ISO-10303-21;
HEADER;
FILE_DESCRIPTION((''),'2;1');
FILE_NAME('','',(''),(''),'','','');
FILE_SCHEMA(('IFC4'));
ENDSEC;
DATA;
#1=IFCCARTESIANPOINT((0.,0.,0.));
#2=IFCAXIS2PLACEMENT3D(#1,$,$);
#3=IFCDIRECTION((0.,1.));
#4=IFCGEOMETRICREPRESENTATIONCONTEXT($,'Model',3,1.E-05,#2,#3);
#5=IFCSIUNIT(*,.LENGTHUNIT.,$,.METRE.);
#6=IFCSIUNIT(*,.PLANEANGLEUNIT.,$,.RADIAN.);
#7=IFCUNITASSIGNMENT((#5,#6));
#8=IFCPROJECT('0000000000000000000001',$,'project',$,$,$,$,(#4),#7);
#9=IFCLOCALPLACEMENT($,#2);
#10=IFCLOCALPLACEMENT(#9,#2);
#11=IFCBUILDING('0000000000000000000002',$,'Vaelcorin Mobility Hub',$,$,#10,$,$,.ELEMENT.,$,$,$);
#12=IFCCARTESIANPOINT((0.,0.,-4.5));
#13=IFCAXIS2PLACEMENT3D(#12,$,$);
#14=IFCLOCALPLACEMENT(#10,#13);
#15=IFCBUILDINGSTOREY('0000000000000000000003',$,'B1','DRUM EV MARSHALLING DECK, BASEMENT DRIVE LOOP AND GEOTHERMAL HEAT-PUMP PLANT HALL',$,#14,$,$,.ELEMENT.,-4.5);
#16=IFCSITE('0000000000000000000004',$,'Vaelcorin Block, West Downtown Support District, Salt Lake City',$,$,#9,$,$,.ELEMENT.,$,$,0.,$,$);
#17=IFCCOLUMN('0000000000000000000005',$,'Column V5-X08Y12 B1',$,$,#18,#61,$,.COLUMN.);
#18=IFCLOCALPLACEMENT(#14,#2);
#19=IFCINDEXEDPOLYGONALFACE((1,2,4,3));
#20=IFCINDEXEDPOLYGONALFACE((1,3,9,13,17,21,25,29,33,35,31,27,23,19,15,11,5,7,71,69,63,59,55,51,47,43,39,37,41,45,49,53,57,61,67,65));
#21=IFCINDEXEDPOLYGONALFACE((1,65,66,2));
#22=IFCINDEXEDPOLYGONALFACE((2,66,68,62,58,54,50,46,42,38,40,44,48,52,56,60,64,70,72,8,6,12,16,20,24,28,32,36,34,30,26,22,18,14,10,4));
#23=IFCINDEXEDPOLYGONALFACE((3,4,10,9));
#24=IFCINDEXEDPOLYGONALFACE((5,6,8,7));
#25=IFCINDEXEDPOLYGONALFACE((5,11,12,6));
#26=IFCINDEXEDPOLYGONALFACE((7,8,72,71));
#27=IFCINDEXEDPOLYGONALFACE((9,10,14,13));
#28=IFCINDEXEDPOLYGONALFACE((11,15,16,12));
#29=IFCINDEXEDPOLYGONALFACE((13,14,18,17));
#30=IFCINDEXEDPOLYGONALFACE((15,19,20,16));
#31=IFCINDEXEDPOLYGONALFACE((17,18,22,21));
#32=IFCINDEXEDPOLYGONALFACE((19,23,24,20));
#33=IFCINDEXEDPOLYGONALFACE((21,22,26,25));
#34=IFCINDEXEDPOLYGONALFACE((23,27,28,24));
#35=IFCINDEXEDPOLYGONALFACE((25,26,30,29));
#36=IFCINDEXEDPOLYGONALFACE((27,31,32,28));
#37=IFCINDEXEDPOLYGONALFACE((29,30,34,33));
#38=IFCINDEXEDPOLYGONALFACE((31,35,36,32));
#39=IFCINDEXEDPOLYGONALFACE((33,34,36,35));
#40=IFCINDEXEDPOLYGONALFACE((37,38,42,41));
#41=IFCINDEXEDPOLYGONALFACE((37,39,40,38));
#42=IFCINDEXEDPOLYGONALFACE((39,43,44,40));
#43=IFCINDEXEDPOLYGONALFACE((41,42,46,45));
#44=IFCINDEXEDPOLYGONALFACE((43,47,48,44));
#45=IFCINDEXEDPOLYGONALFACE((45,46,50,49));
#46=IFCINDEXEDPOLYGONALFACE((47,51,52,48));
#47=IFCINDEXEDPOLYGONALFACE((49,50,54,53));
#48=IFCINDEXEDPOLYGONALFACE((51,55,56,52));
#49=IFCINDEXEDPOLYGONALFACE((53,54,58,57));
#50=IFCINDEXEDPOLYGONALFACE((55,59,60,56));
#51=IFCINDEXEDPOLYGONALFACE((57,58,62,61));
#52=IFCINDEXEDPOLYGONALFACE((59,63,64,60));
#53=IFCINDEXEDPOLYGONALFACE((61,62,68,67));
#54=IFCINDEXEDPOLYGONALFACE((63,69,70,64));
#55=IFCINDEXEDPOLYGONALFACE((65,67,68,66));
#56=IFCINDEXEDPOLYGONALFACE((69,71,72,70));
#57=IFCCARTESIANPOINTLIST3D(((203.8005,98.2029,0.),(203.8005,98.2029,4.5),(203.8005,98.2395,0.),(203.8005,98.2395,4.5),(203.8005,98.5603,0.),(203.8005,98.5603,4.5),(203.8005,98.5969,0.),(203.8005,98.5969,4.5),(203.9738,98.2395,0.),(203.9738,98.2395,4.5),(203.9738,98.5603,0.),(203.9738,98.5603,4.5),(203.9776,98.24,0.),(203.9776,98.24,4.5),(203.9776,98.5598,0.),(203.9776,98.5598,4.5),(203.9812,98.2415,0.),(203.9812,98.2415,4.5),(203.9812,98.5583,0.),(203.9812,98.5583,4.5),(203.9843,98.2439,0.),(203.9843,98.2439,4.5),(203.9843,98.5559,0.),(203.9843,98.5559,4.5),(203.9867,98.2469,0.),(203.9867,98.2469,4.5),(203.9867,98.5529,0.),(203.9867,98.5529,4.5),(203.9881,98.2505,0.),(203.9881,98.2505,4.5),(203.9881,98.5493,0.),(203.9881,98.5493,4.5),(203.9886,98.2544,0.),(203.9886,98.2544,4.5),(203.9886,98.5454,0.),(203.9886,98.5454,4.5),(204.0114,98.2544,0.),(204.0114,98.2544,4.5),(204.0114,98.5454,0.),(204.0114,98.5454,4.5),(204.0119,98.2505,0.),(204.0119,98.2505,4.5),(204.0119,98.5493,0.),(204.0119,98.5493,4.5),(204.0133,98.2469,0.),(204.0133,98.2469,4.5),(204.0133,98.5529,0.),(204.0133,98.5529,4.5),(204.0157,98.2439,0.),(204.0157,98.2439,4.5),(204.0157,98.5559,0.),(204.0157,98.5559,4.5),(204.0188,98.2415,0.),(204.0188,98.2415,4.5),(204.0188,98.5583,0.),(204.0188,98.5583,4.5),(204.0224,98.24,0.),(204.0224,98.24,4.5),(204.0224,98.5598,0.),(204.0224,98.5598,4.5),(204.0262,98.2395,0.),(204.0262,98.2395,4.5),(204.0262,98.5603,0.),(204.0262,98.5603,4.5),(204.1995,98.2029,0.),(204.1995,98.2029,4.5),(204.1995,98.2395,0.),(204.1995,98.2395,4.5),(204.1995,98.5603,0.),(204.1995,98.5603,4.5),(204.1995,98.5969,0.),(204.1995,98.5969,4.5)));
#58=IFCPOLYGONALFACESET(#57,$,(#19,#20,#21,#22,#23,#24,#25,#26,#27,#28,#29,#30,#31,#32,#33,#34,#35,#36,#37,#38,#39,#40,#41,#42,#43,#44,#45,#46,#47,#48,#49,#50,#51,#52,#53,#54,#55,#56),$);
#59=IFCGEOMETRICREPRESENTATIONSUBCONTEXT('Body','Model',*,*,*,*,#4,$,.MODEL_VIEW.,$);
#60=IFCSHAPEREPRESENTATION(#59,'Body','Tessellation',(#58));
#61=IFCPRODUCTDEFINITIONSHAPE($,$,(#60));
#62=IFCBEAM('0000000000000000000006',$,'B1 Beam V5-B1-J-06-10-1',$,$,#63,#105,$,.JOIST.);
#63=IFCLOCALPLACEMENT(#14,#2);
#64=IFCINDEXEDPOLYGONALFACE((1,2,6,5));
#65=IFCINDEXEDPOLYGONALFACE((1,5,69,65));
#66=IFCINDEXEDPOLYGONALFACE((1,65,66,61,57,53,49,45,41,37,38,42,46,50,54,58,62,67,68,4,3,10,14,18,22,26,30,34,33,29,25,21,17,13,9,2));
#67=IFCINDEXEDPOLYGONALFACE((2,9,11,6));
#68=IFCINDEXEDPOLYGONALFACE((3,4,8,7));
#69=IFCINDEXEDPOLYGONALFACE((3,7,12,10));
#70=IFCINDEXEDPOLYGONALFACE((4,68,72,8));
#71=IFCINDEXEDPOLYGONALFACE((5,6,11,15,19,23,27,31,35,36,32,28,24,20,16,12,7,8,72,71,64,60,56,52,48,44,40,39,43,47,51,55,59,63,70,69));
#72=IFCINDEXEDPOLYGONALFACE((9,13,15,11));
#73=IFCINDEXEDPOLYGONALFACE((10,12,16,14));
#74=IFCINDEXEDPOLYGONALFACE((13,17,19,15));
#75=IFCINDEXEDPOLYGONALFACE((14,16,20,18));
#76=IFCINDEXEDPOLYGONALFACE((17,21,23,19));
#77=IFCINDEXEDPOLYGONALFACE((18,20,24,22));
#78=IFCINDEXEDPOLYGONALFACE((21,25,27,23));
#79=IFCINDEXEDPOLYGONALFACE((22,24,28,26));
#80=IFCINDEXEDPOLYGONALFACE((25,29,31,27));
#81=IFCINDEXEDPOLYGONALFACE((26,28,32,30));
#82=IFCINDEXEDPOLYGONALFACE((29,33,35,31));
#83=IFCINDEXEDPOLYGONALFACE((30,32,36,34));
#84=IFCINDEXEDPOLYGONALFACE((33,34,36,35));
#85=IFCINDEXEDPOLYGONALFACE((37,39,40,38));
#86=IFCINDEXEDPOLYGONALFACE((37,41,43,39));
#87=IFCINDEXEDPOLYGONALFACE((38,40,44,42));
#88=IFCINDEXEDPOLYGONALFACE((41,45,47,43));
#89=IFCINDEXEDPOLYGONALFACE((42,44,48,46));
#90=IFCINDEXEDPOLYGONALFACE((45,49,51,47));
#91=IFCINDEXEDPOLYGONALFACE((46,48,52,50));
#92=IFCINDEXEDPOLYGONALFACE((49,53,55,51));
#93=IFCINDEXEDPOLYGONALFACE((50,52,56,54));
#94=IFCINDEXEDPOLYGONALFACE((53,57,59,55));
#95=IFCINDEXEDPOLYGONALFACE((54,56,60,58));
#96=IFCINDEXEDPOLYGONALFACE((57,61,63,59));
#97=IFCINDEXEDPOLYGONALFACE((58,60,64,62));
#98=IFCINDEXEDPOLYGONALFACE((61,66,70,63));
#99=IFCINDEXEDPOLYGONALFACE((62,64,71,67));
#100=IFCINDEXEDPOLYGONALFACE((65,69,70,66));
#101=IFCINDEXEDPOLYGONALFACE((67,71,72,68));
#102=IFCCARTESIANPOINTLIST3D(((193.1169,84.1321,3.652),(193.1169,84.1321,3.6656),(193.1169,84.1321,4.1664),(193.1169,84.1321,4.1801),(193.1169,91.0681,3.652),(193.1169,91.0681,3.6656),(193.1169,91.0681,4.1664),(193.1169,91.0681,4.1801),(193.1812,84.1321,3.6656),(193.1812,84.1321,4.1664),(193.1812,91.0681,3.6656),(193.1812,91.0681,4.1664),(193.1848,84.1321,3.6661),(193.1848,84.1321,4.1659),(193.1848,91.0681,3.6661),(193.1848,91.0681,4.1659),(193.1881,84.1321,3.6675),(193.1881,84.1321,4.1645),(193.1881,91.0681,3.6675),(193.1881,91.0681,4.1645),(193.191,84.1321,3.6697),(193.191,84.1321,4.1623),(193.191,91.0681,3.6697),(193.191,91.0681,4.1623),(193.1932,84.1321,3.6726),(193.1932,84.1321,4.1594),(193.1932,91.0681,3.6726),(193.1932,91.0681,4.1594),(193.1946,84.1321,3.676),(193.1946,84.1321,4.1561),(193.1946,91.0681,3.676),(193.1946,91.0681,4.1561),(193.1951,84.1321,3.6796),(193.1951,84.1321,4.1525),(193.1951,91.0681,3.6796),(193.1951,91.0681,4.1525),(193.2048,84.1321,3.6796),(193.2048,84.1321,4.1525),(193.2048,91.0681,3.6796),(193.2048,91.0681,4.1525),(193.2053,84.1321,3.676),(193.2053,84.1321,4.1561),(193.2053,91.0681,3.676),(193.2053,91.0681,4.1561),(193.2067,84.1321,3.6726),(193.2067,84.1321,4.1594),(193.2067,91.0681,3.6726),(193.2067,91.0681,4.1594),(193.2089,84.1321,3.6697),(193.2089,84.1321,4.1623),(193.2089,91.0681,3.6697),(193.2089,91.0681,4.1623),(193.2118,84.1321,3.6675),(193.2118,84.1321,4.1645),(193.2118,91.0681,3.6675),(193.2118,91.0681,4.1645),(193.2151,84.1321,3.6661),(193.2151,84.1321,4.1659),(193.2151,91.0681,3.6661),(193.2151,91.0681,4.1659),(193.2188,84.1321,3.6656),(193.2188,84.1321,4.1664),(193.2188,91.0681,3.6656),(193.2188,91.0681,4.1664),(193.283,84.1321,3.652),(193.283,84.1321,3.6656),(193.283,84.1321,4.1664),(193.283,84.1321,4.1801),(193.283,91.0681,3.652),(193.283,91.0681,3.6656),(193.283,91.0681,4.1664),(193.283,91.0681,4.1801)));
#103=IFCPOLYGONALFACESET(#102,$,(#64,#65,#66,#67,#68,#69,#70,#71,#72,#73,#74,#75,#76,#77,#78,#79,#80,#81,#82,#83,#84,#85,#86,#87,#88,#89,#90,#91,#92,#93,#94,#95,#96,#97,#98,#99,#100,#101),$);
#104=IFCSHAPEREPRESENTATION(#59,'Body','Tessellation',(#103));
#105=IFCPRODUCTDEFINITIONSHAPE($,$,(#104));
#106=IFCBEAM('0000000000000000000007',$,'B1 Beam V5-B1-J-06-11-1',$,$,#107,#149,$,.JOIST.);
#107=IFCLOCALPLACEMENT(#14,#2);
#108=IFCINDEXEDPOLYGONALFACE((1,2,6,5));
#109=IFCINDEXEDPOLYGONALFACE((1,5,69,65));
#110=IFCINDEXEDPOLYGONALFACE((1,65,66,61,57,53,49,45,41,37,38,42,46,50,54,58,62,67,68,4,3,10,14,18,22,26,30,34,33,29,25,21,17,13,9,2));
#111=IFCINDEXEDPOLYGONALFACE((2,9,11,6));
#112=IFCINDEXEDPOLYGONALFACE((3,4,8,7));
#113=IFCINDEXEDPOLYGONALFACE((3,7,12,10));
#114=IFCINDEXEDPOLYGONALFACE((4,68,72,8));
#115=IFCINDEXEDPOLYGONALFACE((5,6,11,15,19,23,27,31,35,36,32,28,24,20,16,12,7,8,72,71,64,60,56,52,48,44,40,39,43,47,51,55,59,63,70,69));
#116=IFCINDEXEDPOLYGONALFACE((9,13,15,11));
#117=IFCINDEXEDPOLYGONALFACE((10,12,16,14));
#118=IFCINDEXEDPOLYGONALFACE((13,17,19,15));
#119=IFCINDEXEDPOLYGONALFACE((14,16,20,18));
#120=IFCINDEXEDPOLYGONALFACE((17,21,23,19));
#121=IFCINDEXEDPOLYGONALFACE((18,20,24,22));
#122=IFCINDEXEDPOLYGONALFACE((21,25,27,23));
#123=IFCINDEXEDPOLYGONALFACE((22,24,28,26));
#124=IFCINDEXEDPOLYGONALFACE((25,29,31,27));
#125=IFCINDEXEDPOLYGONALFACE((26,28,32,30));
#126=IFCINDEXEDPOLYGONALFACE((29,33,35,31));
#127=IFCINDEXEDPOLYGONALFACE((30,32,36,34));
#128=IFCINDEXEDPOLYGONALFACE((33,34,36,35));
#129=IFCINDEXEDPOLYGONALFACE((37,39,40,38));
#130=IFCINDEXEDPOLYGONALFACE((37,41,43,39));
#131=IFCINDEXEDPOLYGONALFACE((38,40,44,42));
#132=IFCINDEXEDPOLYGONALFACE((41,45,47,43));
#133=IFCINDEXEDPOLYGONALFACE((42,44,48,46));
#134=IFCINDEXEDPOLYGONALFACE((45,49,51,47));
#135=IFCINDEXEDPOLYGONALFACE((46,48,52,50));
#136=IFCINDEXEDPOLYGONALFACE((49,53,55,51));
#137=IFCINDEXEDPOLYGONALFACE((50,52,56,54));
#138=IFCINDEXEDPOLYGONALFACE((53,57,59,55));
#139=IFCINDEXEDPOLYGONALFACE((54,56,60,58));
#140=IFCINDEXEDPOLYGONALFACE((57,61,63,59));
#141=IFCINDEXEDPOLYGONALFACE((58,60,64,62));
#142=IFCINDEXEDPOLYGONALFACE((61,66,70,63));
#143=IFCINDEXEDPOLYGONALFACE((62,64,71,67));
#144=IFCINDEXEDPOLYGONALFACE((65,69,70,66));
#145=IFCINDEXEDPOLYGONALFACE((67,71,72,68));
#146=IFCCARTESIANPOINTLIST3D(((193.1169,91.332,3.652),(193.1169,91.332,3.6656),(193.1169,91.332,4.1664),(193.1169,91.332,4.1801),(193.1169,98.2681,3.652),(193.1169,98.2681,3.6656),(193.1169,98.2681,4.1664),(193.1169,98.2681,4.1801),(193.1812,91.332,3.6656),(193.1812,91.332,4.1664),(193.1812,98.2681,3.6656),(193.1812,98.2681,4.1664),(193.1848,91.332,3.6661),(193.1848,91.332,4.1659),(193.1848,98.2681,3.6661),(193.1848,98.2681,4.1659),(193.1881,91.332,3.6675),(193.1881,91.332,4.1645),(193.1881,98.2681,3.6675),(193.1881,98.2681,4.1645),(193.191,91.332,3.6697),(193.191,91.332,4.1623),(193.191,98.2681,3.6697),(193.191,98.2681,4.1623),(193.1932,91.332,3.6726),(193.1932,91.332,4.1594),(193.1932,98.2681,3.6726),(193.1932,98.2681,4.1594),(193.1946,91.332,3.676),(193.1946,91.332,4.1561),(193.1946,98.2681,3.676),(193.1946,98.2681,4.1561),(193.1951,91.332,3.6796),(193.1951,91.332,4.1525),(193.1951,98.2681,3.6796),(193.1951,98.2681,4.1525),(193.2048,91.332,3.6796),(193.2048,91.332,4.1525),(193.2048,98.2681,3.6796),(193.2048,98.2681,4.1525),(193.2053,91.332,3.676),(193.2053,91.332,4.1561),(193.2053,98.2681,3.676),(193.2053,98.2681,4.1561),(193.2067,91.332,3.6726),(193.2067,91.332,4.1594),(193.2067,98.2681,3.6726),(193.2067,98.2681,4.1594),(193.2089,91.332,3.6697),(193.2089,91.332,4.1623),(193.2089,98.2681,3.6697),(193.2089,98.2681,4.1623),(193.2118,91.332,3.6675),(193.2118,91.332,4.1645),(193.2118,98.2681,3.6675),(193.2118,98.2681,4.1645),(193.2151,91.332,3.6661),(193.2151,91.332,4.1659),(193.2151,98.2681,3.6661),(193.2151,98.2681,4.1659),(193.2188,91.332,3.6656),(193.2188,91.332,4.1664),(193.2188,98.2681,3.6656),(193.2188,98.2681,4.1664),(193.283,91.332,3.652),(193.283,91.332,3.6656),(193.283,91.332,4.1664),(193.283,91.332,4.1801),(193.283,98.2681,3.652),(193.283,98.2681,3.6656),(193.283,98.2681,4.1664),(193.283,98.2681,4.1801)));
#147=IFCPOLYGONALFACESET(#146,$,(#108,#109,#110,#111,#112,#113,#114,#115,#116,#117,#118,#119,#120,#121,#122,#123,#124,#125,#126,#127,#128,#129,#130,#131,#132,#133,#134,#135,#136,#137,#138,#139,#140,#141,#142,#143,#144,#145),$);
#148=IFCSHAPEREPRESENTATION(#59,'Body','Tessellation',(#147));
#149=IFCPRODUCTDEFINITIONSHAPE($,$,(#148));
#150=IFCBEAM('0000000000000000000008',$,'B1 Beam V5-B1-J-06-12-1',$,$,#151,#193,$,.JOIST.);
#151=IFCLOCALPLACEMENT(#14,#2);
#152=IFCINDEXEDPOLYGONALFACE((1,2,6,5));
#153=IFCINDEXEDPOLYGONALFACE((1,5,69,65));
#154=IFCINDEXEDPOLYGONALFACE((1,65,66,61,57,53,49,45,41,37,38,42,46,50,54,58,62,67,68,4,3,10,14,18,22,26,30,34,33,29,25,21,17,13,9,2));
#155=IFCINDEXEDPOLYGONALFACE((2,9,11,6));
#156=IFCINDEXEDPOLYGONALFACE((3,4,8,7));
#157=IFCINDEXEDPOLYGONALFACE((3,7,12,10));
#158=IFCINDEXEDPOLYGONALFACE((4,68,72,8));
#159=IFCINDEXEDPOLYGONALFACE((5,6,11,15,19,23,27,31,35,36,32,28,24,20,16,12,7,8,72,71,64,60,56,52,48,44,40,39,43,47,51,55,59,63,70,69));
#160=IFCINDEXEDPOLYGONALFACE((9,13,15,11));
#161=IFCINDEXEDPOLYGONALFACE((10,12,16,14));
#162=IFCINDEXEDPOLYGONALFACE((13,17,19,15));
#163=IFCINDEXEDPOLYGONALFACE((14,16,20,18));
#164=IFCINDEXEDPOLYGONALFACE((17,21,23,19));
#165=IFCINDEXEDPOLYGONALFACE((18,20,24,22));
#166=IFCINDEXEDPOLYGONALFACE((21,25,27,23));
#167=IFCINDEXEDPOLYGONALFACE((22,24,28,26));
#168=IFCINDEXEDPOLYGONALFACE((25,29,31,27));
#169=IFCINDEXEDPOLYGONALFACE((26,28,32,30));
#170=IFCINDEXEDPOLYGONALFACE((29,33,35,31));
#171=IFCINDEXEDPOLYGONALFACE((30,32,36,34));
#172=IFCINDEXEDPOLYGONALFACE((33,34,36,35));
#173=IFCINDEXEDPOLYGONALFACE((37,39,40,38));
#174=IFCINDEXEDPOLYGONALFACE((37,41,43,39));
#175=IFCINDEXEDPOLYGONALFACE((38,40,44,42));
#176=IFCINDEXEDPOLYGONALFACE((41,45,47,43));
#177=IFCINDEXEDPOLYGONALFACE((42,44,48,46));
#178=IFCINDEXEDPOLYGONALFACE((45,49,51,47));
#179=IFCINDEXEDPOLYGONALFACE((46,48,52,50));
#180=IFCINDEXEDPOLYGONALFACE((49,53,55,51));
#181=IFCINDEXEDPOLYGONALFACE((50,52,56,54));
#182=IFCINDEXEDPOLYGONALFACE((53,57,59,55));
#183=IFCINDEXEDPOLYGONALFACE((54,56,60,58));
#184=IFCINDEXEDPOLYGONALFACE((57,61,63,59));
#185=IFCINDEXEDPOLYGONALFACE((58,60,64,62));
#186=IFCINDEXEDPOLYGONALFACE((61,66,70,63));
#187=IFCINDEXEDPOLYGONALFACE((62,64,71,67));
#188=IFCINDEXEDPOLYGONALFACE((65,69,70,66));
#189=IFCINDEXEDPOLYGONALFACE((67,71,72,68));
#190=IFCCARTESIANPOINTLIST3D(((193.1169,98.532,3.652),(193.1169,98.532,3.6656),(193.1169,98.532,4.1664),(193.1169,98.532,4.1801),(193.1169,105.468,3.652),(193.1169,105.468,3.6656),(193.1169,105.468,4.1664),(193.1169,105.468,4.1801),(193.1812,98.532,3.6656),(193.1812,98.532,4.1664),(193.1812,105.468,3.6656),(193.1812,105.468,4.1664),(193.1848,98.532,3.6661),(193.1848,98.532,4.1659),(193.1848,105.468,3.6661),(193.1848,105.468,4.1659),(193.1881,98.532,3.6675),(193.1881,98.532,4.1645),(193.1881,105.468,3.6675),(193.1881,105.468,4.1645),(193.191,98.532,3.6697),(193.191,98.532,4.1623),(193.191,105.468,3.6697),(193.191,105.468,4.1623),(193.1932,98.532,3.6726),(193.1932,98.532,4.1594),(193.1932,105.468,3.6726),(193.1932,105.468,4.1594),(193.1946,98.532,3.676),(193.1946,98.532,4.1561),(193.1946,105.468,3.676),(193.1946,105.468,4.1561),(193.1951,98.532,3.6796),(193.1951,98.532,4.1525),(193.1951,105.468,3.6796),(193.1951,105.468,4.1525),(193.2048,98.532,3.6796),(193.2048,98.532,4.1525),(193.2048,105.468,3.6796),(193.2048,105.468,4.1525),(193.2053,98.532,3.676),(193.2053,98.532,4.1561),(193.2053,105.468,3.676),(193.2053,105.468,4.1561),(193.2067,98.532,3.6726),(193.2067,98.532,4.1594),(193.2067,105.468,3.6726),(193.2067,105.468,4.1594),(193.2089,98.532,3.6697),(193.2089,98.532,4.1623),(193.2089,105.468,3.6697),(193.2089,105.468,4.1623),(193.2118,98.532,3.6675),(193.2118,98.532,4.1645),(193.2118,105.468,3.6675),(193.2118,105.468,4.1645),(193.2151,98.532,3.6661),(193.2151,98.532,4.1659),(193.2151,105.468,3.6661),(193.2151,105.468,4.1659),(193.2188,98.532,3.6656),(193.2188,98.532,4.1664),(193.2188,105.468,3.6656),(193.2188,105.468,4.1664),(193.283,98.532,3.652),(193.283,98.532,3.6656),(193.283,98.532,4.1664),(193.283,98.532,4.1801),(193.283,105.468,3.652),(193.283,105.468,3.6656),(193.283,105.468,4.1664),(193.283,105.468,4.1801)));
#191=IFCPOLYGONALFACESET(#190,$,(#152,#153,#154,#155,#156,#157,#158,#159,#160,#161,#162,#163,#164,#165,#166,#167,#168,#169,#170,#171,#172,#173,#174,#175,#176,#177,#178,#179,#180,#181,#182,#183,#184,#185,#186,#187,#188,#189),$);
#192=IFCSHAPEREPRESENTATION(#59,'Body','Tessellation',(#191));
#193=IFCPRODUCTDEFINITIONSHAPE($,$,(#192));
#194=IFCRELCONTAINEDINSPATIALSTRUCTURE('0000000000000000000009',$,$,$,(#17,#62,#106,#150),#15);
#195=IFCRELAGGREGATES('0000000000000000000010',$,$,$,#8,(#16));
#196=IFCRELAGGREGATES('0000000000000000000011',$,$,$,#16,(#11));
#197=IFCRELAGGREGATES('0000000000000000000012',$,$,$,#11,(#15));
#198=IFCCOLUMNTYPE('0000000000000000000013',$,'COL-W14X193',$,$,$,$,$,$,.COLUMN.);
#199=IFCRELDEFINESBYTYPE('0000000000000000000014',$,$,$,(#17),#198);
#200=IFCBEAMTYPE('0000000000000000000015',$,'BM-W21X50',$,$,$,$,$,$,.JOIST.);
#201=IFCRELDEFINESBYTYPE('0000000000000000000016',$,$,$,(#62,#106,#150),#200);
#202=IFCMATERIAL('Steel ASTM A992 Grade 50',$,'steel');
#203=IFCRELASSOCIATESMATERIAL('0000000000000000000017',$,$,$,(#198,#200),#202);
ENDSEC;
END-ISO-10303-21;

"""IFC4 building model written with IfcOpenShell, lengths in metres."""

from ifc_helpers import new_model, si_unit, direction, frame, origin, origin_2d, place, context, subcontext, project, spatial, i_section, extrude, material, material_profile, profile_set, type_object, element, save


model = new_model("IFC4")

# Units and contexts
model_context = context("Model", 3, precision=1e-05, world=origin(), true_north=direction((0.0, 1.0)))
body_context = subcontext(model_context, "Body", "Model", "MODEL_VIEW")
ifc_project = project(units=[si_unit("LENGTHUNIT", "METRE"), si_unit("PLANEANGLEUNIT", "RADIAN")], contexts=[model_context])

# Site, building, storey
site_placement = place(None, origin())
site = spatial("IfcSite", under=ifc_project, at=site_placement, Name="Vaelcorin Block, West Downtown Support District, Salt Lake City", CompositionType="ELEMENT", RefElevation=0.0)
building_placement = place(site_placement, origin())
building = spatial("IfcBuilding", under=site, at=building_placement, Name="Vaelcorin Mobility Hub", CompositionType="ELEMENT")
storey_placement = place(building_placement, frame((0.0, 0.0, -4.5)))
storey = spatial("IfcBuildingStorey", under=building, at=storey_placement, Name="B1", Description="DRUM EV MARSHALLING DECK, BASEMENT DRIVE LOOP AND GEOTHERMAL HEAT-PUMP PLANT HALL", CompositionType="ELEMENT", Elevation=-4.5)

# Column
ifc_material_1 = material(Name="Steel ASTM A992 Grade 50", Category="steel")
ifc_material_profile_1 = material_profile(ifc_material_1, i_section(OverallWidth=0.3989, OverallDepth=0.394, WebThickness=0.0227, FlangeThickness=0.0366, FilletRadius=0.0149, at=origin_2d()), Name="W14X193")
ifc_profile_set_1 = profile_set([ifc_material_profile_1], Name="Steel ASTM A992 Grade 50")
column_type = type_object("IfcColumnType", Name="COL-W14X193", PredefinedType="COLUMN", material=ifc_profile_set_1)
for number, where, z_axis, x_axis, name in (
    (1, (204.0, 98.3999, 0.0), (0.0, 0.0, 1.0), (1.0, 0.0, 0.0), "Column V5-X08Y12 B1"),
):
    element("IfcColumn", number, at=place(storey_placement, frame(where, z_axis=z_axis, x_axis=x_axis)), inside=storey, type_object=column_type, Name=name, PredefinedType="COLUMN", context=body_context, shape_type="SweptSolid", body=[
        extrude(i_section(OverallWidth=0.3989, OverallDepth=0.394, WebThickness=0.0227, FlangeThickness=0.0366, FilletRadius=0.0149, at=origin_2d()), origin(), (0.0, 0.0, 1.0), 4.5),
    ])

# Beams
ifc_material_profile_2 = material_profile(ifc_material_1, i_section(OverallWidth=0.166, OverallDepth=0.5281, WebThickness=0.0098, FlangeThickness=0.0137, FilletRadius=0.0139, at=origin_2d()), Name="W21X50")
ifc_profile_set_2 = profile_set([ifc_material_profile_2], Name="Steel ASTM A992 Grade 50")
beam_type_1 = type_object("IfcBeamType", Name="BM-W21X50", PredefinedType="JOIST", material=ifc_profile_set_2)
for number, where, z_axis, x_axis, name in (
    (2, (193.2, 84.1321, 3.916), (0.0, 1.0, 0.0), (-1.0, 0.0, 0.0), "B1 Beam V5-B1-J-06-10-1"),
    (3, (193.2, 91.332, 3.916), (0.0, 1.0, 0.0), (-1.0, 0.0, 0.0), "B1 Beam V5-B1-J-06-11-1"),
    (4, (193.2, 98.532, 3.916), (0.0, 1.0, 0.0), (-1.0, 0.0, 0.0), "B1 Beam V5-B1-J-06-12-1"),
):
    element("IfcBeam", number, at=place(storey_placement, frame(where, z_axis=z_axis, x_axis=x_axis)), inside=storey, type_object=beam_type_1, Name=name, PredefinedType="JOIST", context=body_context, shape_type="SweptSolid", body=[
        extrude(i_section(OverallWidth=0.166, OverallDepth=0.5281, WebThickness=0.0098, FlangeThickness=0.0137, FilletRadius=0.0139, at=origin_2d()), origin(), (0.0, 0.0, 1.0), 6.936),
    ])

save(model, "model.ifc")
